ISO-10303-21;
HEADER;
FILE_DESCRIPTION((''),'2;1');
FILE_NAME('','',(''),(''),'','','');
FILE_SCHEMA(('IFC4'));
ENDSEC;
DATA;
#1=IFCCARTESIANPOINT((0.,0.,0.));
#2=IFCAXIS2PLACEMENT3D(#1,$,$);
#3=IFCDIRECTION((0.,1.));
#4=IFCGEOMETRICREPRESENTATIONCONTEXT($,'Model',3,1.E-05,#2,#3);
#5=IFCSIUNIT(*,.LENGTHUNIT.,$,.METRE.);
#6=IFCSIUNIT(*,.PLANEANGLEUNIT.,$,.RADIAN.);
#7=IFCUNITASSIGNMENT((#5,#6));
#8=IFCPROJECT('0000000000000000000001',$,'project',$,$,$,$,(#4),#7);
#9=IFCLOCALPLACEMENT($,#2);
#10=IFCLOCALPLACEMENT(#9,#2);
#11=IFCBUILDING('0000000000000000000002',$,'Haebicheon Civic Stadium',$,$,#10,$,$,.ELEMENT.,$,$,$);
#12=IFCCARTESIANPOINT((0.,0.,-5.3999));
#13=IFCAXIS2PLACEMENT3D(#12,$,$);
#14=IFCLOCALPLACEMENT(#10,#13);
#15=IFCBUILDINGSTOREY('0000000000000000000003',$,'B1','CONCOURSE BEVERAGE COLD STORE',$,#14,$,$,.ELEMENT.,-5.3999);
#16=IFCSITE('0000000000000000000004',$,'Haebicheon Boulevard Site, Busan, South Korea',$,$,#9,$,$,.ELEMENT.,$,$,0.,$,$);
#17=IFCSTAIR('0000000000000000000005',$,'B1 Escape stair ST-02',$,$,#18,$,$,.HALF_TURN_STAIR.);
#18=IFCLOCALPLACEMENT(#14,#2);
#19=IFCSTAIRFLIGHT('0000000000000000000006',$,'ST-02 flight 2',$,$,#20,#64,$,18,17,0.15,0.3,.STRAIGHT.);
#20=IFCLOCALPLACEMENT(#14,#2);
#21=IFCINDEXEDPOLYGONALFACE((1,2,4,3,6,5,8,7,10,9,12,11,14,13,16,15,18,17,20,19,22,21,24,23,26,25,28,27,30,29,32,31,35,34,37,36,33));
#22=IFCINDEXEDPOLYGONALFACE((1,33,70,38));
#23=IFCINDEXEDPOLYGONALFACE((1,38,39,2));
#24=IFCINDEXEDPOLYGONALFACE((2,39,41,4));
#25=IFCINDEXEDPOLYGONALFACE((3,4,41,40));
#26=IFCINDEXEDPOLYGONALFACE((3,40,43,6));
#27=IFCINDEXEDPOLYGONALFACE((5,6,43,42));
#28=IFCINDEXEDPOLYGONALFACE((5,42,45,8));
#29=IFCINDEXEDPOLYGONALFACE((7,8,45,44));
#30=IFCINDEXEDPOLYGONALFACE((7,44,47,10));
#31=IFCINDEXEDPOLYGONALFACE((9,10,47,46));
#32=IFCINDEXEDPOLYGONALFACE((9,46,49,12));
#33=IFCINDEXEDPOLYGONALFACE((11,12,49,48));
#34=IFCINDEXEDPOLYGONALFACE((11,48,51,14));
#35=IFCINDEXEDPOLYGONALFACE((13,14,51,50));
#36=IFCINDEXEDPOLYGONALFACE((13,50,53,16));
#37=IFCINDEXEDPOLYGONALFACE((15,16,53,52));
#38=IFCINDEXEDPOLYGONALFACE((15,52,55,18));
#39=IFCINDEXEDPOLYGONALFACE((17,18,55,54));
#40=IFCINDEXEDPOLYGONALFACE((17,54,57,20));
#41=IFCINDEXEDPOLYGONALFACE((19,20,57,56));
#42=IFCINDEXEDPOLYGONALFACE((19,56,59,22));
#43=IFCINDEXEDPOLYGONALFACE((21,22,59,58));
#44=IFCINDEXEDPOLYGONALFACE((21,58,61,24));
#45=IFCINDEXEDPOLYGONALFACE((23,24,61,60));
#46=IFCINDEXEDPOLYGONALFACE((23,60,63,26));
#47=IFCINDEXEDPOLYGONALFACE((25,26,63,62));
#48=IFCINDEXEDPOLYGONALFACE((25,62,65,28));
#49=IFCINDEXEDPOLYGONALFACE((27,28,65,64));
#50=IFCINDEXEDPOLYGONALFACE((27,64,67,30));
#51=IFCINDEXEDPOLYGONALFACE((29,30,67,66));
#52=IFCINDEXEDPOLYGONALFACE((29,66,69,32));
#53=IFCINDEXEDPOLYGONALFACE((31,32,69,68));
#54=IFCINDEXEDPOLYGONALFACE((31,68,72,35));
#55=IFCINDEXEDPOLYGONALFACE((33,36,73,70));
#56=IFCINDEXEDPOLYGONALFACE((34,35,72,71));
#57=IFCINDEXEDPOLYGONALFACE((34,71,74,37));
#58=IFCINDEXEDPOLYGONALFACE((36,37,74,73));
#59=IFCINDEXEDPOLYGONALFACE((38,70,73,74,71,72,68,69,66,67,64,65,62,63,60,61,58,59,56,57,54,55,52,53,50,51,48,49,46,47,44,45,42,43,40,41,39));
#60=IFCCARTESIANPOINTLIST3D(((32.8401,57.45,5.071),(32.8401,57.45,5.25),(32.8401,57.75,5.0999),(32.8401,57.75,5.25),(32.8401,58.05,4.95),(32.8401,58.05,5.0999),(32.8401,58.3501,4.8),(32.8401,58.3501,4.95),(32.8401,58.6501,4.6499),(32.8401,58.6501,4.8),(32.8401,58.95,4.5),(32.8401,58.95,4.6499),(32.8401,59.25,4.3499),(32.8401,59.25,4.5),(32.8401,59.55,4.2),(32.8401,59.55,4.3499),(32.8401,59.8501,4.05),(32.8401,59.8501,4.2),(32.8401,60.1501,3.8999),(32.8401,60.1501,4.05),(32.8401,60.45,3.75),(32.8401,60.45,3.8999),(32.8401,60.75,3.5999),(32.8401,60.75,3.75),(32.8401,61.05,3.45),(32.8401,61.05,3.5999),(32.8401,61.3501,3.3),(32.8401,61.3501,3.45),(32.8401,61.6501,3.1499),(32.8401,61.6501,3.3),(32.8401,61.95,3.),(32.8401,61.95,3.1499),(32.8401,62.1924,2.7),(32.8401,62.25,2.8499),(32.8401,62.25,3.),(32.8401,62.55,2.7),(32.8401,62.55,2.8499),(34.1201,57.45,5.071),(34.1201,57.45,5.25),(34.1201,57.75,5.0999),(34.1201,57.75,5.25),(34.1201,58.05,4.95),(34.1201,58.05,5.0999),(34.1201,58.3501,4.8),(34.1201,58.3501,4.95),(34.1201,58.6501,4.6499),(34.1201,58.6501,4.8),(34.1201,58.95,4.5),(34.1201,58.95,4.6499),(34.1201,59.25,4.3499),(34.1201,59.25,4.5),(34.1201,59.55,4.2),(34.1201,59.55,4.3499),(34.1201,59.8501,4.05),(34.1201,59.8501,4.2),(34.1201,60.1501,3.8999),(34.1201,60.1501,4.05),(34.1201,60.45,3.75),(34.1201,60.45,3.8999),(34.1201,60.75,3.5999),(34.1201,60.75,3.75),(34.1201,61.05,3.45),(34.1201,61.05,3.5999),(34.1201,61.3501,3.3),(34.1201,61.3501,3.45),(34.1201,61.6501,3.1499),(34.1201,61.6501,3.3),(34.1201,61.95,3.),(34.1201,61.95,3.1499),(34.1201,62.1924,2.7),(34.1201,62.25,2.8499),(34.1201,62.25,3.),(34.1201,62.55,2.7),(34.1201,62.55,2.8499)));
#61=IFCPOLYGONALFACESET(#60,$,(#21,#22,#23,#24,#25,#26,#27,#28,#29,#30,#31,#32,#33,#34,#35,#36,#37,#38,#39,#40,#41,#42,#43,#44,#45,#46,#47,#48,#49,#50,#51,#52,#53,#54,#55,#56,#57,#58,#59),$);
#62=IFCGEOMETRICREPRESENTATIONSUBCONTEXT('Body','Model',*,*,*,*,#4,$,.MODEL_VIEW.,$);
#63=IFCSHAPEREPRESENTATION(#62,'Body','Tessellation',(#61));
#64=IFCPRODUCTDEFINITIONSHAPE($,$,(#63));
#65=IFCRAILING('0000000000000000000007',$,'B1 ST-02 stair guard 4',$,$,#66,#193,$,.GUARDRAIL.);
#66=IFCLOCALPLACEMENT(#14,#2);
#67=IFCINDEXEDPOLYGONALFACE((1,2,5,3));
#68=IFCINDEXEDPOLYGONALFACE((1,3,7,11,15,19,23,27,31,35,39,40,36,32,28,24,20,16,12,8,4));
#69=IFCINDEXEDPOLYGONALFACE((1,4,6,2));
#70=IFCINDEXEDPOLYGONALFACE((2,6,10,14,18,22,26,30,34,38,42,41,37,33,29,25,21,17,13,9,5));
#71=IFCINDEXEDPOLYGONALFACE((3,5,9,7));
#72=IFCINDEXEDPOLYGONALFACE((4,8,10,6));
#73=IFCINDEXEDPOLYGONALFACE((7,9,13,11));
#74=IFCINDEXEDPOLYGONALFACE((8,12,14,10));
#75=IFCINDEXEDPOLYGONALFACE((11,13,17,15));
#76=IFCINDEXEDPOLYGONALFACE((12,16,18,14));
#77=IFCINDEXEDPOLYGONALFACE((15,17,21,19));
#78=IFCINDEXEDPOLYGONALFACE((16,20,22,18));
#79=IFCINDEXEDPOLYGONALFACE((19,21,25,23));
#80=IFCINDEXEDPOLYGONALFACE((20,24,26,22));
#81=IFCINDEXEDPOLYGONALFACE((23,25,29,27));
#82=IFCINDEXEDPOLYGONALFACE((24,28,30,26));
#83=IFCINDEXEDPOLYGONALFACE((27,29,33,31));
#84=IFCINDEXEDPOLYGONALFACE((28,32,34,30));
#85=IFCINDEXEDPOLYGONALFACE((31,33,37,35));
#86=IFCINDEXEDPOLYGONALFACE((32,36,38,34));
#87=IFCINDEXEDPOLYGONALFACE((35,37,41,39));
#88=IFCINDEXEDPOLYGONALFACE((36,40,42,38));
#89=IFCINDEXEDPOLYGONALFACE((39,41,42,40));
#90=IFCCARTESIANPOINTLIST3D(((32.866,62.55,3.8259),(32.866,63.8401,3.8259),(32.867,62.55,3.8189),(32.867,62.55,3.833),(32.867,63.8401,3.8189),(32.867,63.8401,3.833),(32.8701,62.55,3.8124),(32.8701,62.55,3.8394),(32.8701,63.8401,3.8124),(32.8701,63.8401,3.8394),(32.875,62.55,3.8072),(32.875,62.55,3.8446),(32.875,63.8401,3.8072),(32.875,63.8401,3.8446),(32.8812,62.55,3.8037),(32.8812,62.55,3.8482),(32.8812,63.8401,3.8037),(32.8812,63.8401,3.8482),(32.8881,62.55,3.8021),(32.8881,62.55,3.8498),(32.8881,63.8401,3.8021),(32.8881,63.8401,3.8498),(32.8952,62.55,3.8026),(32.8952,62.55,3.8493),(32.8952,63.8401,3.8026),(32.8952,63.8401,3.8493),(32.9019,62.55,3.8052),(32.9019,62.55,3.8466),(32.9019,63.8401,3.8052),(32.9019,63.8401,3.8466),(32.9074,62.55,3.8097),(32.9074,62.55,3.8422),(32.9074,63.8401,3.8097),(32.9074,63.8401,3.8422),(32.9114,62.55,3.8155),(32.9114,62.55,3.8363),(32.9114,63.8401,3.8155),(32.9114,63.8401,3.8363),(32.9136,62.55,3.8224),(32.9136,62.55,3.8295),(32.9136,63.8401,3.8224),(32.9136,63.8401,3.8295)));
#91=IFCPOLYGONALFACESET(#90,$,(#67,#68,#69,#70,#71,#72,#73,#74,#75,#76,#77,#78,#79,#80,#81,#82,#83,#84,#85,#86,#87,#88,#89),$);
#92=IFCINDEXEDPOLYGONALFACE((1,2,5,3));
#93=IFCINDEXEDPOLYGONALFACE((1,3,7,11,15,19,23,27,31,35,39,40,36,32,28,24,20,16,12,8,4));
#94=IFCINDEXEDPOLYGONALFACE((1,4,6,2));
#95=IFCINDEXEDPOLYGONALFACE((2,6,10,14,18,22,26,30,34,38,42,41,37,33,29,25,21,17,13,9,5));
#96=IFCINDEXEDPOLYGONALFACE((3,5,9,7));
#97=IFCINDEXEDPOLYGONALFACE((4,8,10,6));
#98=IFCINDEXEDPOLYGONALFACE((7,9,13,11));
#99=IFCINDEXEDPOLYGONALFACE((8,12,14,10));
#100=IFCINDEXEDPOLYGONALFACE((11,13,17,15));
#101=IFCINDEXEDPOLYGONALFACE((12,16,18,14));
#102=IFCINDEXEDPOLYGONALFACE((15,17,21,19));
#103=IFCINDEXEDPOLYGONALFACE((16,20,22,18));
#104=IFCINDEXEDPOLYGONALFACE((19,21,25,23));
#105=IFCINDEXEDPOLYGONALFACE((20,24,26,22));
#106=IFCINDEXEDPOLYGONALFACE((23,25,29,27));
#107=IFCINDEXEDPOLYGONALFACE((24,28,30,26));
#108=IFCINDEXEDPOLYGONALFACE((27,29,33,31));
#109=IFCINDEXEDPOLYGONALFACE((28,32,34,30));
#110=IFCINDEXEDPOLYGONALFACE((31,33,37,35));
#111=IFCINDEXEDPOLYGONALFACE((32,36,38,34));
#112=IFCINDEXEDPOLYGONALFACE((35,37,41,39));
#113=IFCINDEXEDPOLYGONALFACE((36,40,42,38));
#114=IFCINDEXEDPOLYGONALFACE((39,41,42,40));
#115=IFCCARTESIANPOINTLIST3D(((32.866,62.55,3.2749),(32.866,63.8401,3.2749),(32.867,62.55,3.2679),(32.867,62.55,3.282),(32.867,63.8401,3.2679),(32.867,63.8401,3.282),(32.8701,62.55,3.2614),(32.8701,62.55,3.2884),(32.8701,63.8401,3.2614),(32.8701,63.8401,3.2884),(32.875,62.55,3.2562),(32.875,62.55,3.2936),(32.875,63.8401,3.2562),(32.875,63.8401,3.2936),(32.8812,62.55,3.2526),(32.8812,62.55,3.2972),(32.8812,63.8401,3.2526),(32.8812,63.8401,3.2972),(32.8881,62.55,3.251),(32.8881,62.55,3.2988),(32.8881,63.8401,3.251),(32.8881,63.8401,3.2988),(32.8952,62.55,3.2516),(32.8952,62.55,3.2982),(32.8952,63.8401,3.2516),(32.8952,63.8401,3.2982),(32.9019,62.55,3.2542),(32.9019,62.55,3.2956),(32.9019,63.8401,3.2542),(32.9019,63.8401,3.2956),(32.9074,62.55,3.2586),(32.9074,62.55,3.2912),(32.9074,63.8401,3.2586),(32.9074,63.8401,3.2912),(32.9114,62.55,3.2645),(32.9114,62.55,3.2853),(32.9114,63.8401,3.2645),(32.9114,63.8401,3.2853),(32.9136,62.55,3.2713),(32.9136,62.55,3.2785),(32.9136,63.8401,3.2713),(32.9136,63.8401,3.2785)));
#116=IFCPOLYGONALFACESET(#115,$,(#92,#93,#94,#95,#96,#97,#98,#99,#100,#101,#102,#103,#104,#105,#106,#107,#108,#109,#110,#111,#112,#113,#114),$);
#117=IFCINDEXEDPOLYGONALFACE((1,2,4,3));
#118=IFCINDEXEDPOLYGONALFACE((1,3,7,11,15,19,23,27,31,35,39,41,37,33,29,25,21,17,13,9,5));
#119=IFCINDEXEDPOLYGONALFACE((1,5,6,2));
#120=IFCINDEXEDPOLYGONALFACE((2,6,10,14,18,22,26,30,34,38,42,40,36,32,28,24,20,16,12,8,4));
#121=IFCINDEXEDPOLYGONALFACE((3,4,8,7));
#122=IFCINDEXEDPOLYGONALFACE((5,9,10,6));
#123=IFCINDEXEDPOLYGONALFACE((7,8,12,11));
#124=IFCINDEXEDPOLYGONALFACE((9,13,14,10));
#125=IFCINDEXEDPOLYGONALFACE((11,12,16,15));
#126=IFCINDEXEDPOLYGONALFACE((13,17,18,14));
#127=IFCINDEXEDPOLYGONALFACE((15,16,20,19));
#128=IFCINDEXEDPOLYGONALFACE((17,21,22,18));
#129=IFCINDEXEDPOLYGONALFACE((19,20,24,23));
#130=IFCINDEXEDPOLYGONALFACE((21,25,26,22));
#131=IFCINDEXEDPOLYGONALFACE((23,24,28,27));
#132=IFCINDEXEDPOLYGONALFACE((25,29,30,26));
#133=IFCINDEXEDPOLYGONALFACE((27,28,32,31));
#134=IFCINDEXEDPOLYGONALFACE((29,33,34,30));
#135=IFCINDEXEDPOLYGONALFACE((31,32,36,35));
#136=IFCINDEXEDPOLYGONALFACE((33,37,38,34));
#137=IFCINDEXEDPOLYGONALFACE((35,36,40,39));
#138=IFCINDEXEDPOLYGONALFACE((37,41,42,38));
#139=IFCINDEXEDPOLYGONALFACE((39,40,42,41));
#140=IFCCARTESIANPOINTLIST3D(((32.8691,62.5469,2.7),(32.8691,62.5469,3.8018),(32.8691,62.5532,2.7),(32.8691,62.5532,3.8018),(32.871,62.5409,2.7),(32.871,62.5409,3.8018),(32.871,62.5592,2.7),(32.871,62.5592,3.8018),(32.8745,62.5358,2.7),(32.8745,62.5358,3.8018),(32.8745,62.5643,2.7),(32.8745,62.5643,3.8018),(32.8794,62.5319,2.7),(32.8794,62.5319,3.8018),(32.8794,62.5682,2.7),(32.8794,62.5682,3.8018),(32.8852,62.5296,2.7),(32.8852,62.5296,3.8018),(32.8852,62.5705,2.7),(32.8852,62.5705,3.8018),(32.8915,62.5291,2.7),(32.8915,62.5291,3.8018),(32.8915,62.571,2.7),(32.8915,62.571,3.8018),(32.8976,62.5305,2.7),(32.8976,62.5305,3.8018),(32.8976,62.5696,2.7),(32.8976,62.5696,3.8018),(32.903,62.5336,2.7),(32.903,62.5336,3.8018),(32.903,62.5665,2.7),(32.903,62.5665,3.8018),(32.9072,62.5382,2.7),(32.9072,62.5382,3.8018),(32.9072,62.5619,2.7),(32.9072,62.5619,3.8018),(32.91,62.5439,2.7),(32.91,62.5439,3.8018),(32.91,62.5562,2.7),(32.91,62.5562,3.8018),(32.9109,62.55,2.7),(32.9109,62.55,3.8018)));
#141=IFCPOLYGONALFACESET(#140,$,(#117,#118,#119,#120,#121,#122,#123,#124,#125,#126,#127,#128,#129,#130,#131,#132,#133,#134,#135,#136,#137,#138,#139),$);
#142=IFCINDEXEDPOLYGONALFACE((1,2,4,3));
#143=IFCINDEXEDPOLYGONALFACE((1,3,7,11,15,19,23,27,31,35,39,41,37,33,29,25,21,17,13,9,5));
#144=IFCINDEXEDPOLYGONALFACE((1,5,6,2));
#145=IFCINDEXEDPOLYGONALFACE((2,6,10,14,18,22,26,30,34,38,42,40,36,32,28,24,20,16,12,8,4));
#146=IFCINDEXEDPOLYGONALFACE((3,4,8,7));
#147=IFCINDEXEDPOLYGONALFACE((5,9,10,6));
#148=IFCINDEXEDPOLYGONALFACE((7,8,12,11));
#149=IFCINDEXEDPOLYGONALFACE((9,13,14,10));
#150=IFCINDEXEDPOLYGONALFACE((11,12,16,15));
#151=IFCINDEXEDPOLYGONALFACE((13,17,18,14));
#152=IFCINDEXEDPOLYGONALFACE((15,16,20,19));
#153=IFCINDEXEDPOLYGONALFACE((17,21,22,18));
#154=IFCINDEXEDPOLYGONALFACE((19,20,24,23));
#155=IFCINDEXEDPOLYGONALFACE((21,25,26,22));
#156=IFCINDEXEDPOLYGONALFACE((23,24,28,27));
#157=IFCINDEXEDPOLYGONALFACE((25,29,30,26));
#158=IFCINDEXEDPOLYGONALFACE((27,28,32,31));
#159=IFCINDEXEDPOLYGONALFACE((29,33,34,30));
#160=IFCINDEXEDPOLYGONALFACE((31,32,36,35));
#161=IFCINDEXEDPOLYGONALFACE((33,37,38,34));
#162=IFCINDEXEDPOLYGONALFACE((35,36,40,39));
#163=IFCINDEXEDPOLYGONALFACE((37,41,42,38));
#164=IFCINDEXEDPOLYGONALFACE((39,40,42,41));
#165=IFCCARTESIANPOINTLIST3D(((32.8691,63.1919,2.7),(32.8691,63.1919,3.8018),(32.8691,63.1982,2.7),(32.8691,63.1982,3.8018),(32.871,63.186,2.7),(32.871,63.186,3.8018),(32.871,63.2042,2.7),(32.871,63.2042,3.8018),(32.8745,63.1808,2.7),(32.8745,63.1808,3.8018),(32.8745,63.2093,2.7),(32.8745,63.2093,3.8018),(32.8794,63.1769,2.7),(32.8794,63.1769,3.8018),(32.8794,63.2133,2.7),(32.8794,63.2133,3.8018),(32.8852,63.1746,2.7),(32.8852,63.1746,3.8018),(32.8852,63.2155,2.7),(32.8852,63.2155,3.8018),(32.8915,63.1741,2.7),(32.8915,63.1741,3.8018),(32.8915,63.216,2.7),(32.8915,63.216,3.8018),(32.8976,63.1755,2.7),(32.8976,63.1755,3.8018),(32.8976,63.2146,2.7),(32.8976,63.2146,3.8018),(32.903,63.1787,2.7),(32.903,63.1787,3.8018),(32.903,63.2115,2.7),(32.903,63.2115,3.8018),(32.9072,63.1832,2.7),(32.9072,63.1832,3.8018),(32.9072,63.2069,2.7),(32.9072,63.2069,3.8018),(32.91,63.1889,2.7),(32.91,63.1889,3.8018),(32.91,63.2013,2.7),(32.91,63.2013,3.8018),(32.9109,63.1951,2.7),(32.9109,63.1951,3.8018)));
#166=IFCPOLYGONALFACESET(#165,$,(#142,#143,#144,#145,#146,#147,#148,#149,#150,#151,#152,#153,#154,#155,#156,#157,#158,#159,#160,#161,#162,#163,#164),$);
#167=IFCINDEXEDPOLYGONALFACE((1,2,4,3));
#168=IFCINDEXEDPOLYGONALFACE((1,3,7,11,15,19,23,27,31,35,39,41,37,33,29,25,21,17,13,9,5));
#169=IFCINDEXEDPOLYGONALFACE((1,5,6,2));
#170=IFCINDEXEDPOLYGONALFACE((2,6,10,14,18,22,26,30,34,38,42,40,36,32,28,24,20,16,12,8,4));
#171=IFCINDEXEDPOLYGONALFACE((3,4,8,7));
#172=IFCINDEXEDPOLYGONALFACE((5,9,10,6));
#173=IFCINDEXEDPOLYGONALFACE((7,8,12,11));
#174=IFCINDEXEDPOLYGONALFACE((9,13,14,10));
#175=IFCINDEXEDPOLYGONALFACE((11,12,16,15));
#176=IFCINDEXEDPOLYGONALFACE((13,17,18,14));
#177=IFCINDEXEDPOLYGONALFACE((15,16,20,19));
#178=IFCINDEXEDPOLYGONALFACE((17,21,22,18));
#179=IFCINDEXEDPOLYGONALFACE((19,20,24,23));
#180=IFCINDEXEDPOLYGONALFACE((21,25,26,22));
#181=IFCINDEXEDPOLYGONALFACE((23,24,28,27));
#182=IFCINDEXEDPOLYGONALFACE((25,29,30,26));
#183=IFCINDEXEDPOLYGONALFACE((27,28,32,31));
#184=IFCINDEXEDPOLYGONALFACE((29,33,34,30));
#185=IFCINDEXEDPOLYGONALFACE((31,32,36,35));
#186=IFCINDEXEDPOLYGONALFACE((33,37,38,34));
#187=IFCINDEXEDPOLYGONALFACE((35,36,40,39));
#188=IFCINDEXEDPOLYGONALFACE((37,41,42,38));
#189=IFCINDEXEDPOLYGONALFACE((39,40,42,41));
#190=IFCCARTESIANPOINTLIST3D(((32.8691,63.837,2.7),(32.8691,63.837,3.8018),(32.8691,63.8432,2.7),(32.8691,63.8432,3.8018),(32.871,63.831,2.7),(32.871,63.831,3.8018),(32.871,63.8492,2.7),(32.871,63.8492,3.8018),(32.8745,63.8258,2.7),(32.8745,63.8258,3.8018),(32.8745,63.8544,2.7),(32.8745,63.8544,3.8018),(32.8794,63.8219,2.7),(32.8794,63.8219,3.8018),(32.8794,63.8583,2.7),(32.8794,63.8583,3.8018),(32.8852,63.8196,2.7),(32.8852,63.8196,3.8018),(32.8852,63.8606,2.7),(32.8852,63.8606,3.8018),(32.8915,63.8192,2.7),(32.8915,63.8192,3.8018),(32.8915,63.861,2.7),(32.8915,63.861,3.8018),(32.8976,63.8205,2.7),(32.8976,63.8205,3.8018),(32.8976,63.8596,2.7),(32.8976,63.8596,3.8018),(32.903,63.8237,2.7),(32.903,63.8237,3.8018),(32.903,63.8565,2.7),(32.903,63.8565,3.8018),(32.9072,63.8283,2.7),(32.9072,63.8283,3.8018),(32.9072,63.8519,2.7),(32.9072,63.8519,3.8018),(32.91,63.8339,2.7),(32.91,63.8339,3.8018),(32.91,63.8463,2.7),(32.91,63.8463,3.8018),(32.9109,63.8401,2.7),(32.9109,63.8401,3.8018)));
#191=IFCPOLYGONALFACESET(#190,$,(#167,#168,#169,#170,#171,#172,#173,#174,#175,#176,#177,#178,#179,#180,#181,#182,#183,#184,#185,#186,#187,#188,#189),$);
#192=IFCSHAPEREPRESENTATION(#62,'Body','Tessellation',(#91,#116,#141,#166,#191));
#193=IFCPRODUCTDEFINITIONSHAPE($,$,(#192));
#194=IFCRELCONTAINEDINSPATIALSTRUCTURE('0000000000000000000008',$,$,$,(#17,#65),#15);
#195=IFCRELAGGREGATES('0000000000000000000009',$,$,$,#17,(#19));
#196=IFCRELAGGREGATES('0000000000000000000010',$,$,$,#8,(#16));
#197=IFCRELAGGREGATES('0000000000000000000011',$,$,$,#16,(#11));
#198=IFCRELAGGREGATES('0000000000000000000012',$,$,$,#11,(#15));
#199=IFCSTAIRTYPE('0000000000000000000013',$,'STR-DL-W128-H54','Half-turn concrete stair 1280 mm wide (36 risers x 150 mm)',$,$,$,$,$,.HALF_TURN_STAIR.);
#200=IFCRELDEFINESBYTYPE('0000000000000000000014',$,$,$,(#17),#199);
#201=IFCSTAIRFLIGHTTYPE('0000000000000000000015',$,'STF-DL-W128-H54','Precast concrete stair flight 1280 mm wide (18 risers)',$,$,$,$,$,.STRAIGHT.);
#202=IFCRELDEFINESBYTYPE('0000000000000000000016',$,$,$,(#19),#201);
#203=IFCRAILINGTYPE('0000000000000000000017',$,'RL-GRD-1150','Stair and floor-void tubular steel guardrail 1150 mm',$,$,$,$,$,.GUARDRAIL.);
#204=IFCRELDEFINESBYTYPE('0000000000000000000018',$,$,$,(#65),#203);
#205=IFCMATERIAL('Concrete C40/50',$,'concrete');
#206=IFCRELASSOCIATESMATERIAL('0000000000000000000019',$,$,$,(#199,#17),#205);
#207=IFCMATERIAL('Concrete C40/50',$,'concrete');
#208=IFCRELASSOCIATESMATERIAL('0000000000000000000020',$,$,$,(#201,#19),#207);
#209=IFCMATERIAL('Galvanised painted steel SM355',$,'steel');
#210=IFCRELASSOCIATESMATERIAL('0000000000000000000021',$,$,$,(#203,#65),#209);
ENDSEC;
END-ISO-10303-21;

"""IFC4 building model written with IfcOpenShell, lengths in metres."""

from ifc_helpers import new_model, si_unit, direction, frame, origin, origin_2d, place, context, subcontext, project, spatial, polyline, circle, outline, extrude, material, type_object, element, aggregate, save


model = new_model("IFC4")

# Units and contexts
model_context = context("Model", 3, precision=1e-05, world=origin(), true_north=direction((0.0, 1.0)))
body_context = subcontext(model_context, "Body", "Model", "MODEL_VIEW")
ifc_project = project(units=[si_unit("LENGTHUNIT", "METRE"), si_unit("PLANEANGLEUNIT", "RADIAN")], contexts=[model_context])

# Site, building, storey
site_placement = place(None, origin())
site = spatial("IfcSite", under=ifc_project, at=site_placement, Name="Haebicheon Boulevard Site, Busan, South Korea", CompositionType="ELEMENT", RefElevation=0.0)
building_placement = place(site_placement, origin())
building = spatial("IfcBuilding", under=site, at=building_placement, Name="Haebicheon Civic Stadium", CompositionType="ELEMENT")
storey_placement = place(building_placement, frame((0.0, 0.0, -5.3999)))
storey = spatial("IfcBuildingStorey", under=building, at=storey_placement, Name="B1", Description="CONCOURSE BEVERAGE COLD STORE", CompositionType="ELEMENT", Elevation=-5.3999)

# Stair, stair flight
ifc_material_1 = material(Name="Concrete C40/50", Category="concrete")
stair_type = type_object("IfcStairType", Name="STR-DL-W128-H54", Description="Half-turn concrete stair 1280 mm wide (36 risers x 150 mm)", PredefinedType="HALF_TURN_STAIR", material=ifc_material_1)
stair_placement = place(storey_placement, origin())
stair = element("IfcStair", 1, at=stair_placement, inside=storey, type_object=stair_type, material=ifc_material_1, Name="B1 Escape stair ST-02", PredefinedType="HALF_TURN_STAIR")
ifc_material_2 = material(Name="Concrete C40/50", Category="concrete")
stair_flight_type = type_object("IfcStairFlightType", Name="STF-DL-W128-H54", Description="Precast concrete stair flight 1280 mm wide (18 risers)", PredefinedType="STRAIGHT", material=ifc_material_2)
stair_flight_placement = place(storey_placement, frame((33.48, 62.55, 2.7), z_axis=(0.0, 0.0, 1.0), x_axis=(0.0, -1.0, 0.0)))
stair_flight = element("IfcStairFlight", 2, at=stair_flight_placement, type_object=stair_flight_type, material=ifc_material_2, Name="ST-02 flight 2", NumberOfRisers=18, NumberOfTreads=17, PredefinedType="STRAIGHT", RiserHeight=0.15, TreadLength=0.3, context=body_context, shape_type="SweptSolid", body=[
    extrude(outline(polyline([(0.0, 0.0), (0.0, 0.1499), (0.3, 0.1499), (0.3, 0.3), (0.6001, 0.3), (0.6001, 0.45), (0.8999, 0.45), (0.8999, 0.6001), (1.2, 0.6001), (1.2, 0.75), (1.5, 0.75), (1.5, 0.8999), (1.8, 0.8999), (1.8, 1.05), (2.1001, 1.05), (2.1001, 1.2), (2.3999, 1.2), (2.3999, 1.3501), (2.7, 1.3501), (2.7, 1.5), (3.0, 1.5), (3.0, 1.6499), (3.3, 1.6499), (3.3, 1.8), (3.6001, 1.8), (3.6001, 1.95), (3.8999, 1.95), (3.8999, 2.1001), (4.2, 2.1001), (4.2, 2.25), (4.5, 2.25), (4.5, 2.3999), (4.8, 2.3999), (4.8, 2.55), (5.1001, 2.55), (5.1001, 2.7), (5.1001, 2.3711), (0.3577, 0.0), (0.0, 0.0)])), frame((0.0, 0.6401, 0.0), z_axis=(0.0, -1.0, 0.0), x_axis=(1.0, 0.0, 0.0)), (0.0, 0.0, 1.0), 1.28),
])
aggregate(stair, [stair_flight])

# Railing
ifc_material_3 = material(Name="Galvanised painted steel SM355", Category="steel")
railing_type_1 = type_object("IfcRailingType", Name="RL-GRD-1150", Description="Stair and floor-void tubular steel guardrail 1150 mm", PredefinedType="GUARDRAIL", material=ifc_material_3)
for number, where, name in (
    (3, (32.8899, 62.55, 2.7), "B1 ST-02 stair guard 4"),
):
    element("IfcRailing", number, at=place(storey_placement, frame(where)), inside=storey, type_object=railing_type_1, material=ifc_material_3, Name=name, PredefinedType="GUARDRAIL", context=body_context, shape_type="SweptSolid", body=[
        extrude(circle(Radius=0.0239, at=origin_2d()), frame((0.0, 0.0, 1.126), z_axis=(0.0, 1.0, 0.0), x_axis=(-1.0, 0.0, 0.0)), (0.0, 0.0, 1.0), 1.29),
        extrude(circle(Radius=0.0239, at=origin_2d()), frame((0.0, 0.0, 0.575), z_axis=(0.0, 1.0, 0.0), x_axis=(-1.0, 0.0, 0.0)), (0.0, 0.0, 1.0), 1.29),
        extrude(circle(Radius=0.021, at=origin_2d()), origin(), (0.0, 0.0, 1.0), 1.1018),
        extrude(circle(Radius=0.021, at=origin_2d()), frame((0.0, 0.645, 0.0)), (0.0, 0.0, 1.0), 1.1018),
        extrude(circle(Radius=0.021, at=origin_2d()), frame((0.0, 1.29, 0.0)), (0.0, 0.0, 1.0), 1.1018),
    ])

save(model, "model.ifc")
